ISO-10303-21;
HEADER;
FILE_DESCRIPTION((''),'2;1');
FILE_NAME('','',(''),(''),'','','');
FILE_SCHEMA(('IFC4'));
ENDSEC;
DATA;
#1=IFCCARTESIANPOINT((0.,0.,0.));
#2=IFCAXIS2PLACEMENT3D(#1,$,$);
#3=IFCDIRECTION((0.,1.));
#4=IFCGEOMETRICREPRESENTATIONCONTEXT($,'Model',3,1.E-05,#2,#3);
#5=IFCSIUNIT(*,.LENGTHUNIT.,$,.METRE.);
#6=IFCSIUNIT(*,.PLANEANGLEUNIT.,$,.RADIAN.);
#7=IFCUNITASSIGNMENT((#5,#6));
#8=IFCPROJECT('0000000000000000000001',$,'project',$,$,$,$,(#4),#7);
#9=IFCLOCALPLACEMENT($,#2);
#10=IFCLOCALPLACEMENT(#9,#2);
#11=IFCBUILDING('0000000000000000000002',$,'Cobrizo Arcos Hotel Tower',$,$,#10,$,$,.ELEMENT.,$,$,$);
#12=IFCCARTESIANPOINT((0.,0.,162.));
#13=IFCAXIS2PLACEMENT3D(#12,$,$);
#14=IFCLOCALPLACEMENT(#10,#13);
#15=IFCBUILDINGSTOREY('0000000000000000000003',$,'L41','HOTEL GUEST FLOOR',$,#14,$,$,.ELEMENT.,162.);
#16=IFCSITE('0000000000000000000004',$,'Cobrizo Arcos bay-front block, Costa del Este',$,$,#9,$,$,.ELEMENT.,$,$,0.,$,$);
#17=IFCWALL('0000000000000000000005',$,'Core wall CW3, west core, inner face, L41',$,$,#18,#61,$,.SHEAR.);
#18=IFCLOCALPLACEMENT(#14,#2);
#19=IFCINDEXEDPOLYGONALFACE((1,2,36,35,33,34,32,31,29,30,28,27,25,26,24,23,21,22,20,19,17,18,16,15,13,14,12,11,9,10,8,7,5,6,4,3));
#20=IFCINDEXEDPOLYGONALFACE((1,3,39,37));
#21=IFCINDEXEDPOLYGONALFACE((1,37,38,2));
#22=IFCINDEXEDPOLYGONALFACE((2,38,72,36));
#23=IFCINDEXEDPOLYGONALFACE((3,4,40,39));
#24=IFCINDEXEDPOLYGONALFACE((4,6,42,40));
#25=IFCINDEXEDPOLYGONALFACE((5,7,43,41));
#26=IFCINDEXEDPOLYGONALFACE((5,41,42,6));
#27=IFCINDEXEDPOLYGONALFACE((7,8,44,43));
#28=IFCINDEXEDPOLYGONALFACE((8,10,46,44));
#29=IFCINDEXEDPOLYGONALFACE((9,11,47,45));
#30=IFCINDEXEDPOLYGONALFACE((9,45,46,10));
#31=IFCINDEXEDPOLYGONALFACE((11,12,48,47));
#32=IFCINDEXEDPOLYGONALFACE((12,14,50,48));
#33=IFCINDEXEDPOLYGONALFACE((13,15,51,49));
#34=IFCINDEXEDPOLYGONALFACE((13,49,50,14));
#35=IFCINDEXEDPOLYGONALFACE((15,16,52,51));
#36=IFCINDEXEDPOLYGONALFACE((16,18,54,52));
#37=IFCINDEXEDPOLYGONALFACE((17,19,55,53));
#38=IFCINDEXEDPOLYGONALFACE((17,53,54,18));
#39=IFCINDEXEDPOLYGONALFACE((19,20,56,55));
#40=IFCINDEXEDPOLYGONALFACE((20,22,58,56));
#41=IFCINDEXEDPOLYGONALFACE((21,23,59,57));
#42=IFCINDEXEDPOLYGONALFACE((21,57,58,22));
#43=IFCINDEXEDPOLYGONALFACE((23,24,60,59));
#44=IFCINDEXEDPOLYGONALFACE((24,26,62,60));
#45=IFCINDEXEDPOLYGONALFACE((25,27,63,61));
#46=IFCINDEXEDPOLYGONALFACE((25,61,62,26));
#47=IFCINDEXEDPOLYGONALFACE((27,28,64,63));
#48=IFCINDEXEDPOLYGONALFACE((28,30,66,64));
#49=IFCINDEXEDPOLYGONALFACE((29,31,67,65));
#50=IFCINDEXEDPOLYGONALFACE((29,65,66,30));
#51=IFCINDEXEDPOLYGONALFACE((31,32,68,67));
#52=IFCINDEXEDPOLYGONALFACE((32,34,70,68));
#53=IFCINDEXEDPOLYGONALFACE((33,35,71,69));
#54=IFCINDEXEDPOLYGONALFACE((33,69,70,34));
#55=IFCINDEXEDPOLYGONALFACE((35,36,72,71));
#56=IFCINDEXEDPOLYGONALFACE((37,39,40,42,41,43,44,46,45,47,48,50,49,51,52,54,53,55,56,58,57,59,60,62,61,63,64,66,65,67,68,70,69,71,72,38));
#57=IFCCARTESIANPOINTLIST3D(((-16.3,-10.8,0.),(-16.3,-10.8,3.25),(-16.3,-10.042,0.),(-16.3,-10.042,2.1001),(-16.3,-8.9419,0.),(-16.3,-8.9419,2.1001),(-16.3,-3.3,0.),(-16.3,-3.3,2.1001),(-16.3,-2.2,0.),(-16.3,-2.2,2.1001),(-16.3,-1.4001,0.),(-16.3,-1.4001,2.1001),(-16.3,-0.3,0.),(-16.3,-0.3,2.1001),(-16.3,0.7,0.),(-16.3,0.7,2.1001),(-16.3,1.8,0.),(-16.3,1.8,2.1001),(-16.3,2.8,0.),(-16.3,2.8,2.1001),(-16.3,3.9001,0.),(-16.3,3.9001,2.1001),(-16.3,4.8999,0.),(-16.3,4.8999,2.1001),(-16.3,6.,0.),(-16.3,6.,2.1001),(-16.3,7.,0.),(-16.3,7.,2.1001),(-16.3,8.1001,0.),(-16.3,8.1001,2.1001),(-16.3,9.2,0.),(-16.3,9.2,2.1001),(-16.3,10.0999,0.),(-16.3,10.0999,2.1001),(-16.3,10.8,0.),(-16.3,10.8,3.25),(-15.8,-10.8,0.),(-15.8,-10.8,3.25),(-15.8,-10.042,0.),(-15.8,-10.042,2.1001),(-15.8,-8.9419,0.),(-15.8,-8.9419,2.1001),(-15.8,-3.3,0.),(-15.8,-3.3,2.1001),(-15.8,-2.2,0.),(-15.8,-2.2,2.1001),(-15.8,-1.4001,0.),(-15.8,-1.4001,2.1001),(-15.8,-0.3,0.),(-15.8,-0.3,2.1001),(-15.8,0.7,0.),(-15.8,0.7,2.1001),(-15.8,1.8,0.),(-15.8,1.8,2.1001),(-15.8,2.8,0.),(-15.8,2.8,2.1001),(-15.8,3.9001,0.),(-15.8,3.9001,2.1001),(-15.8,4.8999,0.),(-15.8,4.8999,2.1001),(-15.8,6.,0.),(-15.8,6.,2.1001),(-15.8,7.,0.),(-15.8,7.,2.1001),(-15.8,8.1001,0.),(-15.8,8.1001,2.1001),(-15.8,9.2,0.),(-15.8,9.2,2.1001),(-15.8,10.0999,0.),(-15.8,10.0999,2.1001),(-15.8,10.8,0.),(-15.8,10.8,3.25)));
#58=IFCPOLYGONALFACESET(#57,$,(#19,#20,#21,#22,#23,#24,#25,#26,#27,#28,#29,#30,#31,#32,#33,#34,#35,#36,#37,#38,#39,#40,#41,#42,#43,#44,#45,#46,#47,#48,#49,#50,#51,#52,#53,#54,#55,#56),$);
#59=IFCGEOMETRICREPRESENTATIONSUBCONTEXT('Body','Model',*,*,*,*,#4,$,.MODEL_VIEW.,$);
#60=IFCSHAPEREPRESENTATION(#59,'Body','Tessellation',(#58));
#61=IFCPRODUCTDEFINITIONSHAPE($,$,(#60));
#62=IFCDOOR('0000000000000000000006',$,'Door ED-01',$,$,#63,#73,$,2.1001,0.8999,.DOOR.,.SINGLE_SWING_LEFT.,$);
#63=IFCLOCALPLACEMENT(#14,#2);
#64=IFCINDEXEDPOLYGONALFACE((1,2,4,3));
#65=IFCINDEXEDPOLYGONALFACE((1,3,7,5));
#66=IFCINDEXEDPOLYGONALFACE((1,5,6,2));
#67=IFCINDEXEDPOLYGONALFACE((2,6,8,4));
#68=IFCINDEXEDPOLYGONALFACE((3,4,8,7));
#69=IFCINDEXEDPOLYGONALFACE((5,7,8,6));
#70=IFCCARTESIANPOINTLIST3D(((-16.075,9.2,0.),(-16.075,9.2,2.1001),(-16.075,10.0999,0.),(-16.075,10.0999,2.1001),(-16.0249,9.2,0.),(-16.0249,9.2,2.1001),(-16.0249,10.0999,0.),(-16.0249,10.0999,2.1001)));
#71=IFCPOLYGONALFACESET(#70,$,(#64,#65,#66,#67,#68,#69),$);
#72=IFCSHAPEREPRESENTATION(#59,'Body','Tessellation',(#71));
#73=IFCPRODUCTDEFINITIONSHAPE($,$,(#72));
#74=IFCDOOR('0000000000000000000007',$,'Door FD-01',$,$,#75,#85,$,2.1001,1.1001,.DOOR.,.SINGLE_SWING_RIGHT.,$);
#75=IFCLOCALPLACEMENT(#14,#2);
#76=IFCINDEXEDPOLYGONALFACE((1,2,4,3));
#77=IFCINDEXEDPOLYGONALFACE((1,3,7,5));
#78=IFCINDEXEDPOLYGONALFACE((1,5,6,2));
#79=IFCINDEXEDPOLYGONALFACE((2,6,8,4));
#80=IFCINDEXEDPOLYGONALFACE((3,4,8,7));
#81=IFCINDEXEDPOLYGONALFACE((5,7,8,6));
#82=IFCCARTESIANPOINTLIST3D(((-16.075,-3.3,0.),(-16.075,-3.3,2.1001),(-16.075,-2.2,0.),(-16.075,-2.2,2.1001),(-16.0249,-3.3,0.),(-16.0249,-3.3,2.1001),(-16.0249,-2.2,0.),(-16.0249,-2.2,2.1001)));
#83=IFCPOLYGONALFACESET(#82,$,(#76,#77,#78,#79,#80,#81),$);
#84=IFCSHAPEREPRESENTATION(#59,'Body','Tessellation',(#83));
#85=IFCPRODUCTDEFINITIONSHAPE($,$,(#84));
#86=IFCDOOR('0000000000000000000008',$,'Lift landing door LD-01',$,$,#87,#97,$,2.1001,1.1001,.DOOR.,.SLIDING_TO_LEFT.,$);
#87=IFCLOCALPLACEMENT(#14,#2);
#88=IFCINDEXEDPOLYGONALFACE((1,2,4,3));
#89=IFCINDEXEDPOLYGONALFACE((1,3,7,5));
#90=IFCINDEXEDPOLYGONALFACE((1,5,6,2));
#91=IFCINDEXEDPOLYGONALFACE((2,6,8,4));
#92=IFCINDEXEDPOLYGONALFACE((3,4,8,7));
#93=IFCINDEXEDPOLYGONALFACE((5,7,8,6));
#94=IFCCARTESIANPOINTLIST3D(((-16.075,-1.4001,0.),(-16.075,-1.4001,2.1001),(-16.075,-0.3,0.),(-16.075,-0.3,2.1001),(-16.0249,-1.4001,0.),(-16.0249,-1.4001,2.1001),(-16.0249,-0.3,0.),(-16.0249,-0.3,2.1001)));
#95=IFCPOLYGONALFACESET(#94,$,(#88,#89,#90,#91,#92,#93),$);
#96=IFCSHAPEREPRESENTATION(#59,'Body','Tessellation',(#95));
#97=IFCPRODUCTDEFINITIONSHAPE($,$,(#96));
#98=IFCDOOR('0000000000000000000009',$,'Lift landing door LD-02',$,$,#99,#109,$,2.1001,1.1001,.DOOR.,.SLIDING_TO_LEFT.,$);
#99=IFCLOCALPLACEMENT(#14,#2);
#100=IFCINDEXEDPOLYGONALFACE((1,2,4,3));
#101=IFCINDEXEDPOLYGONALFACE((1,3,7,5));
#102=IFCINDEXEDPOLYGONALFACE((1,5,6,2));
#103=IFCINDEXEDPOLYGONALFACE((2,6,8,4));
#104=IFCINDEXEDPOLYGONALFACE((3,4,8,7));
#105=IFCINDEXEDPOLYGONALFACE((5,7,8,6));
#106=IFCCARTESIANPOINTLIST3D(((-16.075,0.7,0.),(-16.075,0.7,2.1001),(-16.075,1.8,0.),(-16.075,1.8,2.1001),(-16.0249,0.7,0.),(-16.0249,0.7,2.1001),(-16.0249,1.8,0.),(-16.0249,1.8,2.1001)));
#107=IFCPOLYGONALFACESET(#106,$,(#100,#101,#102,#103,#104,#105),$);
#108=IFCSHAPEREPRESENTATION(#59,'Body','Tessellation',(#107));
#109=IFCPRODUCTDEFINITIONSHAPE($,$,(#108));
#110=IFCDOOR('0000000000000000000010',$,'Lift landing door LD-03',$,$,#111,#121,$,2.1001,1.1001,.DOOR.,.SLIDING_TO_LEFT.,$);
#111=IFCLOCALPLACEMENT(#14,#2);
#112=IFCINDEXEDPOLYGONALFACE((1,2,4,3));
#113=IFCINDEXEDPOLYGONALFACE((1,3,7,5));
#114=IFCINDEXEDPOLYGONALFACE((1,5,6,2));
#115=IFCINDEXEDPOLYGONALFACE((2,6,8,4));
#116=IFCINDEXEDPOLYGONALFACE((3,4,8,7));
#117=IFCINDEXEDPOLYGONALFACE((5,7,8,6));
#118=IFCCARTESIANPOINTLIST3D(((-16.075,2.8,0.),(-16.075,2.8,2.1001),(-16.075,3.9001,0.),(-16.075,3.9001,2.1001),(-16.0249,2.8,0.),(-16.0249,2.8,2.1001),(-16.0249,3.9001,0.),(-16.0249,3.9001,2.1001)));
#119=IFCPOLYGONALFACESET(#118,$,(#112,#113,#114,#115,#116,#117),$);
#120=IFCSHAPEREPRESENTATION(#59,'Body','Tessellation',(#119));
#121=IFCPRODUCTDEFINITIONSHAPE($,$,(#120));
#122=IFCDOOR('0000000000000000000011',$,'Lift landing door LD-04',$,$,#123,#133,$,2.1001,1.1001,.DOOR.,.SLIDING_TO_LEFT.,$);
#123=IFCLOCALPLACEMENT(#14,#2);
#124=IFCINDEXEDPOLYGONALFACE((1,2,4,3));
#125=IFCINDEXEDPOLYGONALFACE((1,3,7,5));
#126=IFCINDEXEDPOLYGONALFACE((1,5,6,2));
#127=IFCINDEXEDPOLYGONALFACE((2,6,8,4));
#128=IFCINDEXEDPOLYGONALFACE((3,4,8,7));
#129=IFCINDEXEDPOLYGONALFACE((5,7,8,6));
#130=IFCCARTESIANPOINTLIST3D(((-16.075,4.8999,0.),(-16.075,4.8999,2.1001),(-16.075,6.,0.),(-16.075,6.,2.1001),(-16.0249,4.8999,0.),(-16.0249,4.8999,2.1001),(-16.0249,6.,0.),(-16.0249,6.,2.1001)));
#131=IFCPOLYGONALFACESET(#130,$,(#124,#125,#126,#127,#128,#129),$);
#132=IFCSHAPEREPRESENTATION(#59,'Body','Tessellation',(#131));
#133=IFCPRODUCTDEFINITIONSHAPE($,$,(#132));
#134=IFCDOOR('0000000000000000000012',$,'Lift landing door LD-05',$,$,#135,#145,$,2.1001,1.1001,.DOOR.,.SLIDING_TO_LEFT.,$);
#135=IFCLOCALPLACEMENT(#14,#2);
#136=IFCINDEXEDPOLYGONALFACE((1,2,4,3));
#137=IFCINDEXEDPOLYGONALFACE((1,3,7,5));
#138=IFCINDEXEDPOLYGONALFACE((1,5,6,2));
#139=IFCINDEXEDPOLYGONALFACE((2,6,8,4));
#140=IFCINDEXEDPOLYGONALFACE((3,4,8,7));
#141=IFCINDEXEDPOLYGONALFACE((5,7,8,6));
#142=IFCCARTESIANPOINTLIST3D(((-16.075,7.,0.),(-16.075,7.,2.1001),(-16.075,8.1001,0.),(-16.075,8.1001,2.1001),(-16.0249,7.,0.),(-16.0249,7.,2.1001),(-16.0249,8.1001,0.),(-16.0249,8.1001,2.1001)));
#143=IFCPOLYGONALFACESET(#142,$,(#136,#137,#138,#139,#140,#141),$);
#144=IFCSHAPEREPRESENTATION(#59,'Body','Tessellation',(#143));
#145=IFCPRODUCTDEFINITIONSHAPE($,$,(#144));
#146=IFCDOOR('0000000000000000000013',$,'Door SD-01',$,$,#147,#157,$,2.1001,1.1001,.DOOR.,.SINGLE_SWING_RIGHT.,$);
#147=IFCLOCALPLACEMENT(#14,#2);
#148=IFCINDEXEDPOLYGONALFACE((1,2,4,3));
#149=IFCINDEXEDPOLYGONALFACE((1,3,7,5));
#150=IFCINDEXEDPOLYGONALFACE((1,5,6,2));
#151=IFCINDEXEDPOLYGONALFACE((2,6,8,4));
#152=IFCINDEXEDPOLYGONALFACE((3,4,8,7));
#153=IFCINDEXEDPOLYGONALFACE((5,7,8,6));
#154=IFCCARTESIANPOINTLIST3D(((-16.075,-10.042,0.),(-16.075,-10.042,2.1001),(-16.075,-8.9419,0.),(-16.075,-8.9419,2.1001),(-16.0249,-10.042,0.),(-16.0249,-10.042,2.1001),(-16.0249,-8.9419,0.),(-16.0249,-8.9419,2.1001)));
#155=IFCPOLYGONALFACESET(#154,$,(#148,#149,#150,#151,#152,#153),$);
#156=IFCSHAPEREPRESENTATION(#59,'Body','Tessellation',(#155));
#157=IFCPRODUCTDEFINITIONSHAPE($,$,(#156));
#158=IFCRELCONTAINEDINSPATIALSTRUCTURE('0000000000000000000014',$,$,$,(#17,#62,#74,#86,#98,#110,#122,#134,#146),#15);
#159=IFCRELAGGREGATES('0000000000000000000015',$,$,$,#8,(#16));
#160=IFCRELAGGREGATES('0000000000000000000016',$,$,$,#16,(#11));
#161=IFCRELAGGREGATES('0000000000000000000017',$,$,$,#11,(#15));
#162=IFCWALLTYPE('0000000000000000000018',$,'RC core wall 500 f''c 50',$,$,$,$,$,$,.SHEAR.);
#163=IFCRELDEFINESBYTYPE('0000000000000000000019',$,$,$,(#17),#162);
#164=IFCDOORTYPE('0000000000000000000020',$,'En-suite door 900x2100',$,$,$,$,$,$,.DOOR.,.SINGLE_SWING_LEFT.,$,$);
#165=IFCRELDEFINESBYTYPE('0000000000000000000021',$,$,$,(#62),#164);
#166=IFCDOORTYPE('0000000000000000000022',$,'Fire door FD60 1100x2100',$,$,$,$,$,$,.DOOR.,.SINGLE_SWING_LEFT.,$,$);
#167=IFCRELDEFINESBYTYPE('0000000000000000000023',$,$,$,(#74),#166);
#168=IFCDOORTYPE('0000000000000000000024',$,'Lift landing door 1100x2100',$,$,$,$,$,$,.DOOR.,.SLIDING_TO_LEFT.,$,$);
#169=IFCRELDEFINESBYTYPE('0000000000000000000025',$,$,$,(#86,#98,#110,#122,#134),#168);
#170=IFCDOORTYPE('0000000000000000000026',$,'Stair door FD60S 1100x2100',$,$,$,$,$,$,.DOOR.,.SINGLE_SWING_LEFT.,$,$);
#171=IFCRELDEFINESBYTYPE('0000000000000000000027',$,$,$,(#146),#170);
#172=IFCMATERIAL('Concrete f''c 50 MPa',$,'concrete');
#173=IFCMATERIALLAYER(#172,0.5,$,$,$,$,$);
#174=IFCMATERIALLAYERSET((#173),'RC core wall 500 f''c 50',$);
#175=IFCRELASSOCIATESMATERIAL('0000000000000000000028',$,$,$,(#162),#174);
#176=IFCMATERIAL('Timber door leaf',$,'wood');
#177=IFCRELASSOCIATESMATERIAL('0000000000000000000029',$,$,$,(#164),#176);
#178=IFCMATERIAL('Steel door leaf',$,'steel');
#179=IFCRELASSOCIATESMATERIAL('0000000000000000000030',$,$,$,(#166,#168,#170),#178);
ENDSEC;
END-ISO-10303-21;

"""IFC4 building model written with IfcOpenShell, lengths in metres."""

from ifc_helpers import new_model, si_unit, direction, frame, frame_2d, origin, place, context, subcontext, project, spatial, rectangle, extrude, material, layer, layer_set, type_object, element, fill, save


model = new_model("IFC4")

# Units and contexts
model_context = context("Model", 3, precision=1e-05, world=origin(), true_north=direction((0.0, 1.0)))
body_context = subcontext(model_context, "Body", "Model", "MODEL_VIEW")
ifc_project = project(units=[si_unit("LENGTHUNIT", "METRE"), si_unit("PLANEANGLEUNIT", "RADIAN")], contexts=[model_context])

# Site, building, storey
site_placement = place(None, origin())
site = spatial("IfcSite", under=ifc_project, at=site_placement, Name="Cobrizo Arcos bay-front block, Costa del Este", CompositionType="ELEMENT", RefElevation=0.0)
building_placement = place(site_placement, origin())
building = spatial("IfcBuilding", under=site, at=building_placement, Name="Cobrizo Arcos Hotel Tower", CompositionType="ELEMENT")
storey_placement = place(building_placement, frame((0.0, 0.0, 162.0)))
storey = spatial("IfcBuildingStorey", under=building, at=storey_placement, Name="L41", Description="HOTEL GUEST FLOOR", CompositionType="ELEMENT", Elevation=162.0)

# Shared definitions
ifc_material_1 = material(Name="Timber door leaf", Category="wood")

# Wall, openings, doors
ifc_material_2 = material(Name="Concrete f'c 50 MPa", Category="concrete")
ifc_layer_1 = layer(ifc_material_2, 0.5)
ifc_layer_set_1 = layer_set([ifc_layer_1], Name="RC core wall 500 f'c 50")
wall_type_1 = type_object("IfcWallType", Name="RC core wall 500 f'c 50", PredefinedType="SHEAR", material=ifc_layer_set_1)
wall_1_placement = place(storey_placement, frame((-16.05, -10.8, 0.0), z_axis=(0.0, 0.0, 1.0), x_axis=(0.0, 1.0, 0.0)))
wall_1 = element("IfcWall", 1, at=wall_1_placement, inside=storey, type_object=wall_type_1, Name="Core wall CW3, west core, inner face, L41", PredefinedType="SHEAR", context=body_context, shape_type="SweptSolid", body=[
    extrude(rectangle(XDim=21.6001, YDim=0.5, at=frame_2d((10.8, 0.0))), origin(), (0.0, 0.0, 1.0), 3.25),
])
opening_1_placement = place(wall_1_placement, frame((9.3999, 0.0, 0.0)))
opening_1 = element("IfcOpeningElement", 2, at=opening_1_placement, cuts=wall_1, PredefinedType="OPENING", context=body_context, shape_type="SweptSolid", body=[
    extrude(rectangle(XDim=1.1001, YDim=2.1001, at=frame_2d((0.55, 1.05))), frame((0.0, 0.262, 0.0), z_axis=(0.0, -1.0, 0.0), x_axis=(1.0, 0.0, 0.0)), (0.0, 0.0, 1.0), 0.5239),
])
opening_2_placement = place(wall_1_placement, frame((11.5, 0.0, 0.0)))
opening_2 = element("IfcOpeningElement", 3, at=opening_2_placement, cuts=wall_1, PredefinedType="OPENING", context=body_context, shape_type="SweptSolid", body=[
    extrude(rectangle(XDim=1.1001, YDim=2.1001, at=frame_2d((0.55, 1.05))), frame((0.0, 0.262, 0.0), z_axis=(0.0, -1.0, 0.0), x_axis=(1.0, 0.0, 0.0)), (0.0, 0.0, 1.0), 0.5239),
])
opening_3_placement = place(wall_1_placement, frame((13.6001, 0.0, 0.0)))
opening_3 = element("IfcOpeningElement", 4, at=opening_3_placement, cuts=wall_1, PredefinedType="OPENING", context=body_context, shape_type="SweptSolid", body=[
    extrude(rectangle(XDim=1.1001, YDim=2.1001, at=frame_2d((0.55, 1.05))), frame((0.0, 0.262, 0.0), z_axis=(0.0, -1.0, 0.0), x_axis=(1.0, 0.0, 0.0)), (0.0, 0.0, 1.0), 0.5239),
])
opening_4_placement = place(wall_1_placement, frame((15.7, 0.0, 0.0)))
opening_4 = element("IfcOpeningElement", 5, at=opening_4_placement, cuts=wall_1, PredefinedType="OPENING", context=body_context, shape_type="SweptSolid", body=[
    extrude(rectangle(XDim=1.1001, YDim=2.1001, at=frame_2d((0.55, 1.05))), frame((0.0, 0.262, 0.0), z_axis=(0.0, -1.0, 0.0), x_axis=(1.0, 0.0, 0.0)), (0.0, 0.0, 1.0), 0.5239),
])
opening_5_placement = place(wall_1_placement, frame((17.8, 0.0, 0.0)))
opening_5 = element("IfcOpeningElement", 6, at=opening_5_placement, cuts=wall_1, PredefinedType="OPENING", context=body_context, shape_type="SweptSolid", body=[
    extrude(rectangle(XDim=1.1001, YDim=2.1001, at=frame_2d((0.55, 1.05))), frame((0.0, 0.262, 0.0), z_axis=(0.0, -1.0, 0.0), x_axis=(1.0, 0.0, 0.0)), (0.0, 0.0, 1.0), 0.5239),
])
opening_6_placement = place(wall_1_placement, frame((0.7581, 0.0, 0.0)))
opening_6 = element("IfcOpeningElement", 7, at=opening_6_placement, cuts=wall_1, PredefinedType="OPENING", context=body_context, shape_type="SweptSolid", body=[
    extrude(rectangle(XDim=1.1001, YDim=2.1001, at=frame_2d((0.55, 1.05))), frame((0.0, 0.262, 0.0), z_axis=(0.0, -1.0, 0.0), x_axis=(1.0, 0.0, 0.0)), (0.0, 0.0, 1.0), 0.5239),
])
opening_7_placement = place(wall_1_placement, frame((7.5, 0.0, 0.0)))
opening_7 = element("IfcOpeningElement", 8, at=opening_7_placement, cuts=wall_1, PredefinedType="OPENING", context=body_context, shape_type="SweptSolid", body=[
    extrude(rectangle(XDim=1.1001, YDim=2.1001, at=frame_2d((0.55, 1.05))), frame((0.0, 0.262, 0.0), z_axis=(0.0, -1.0, 0.0), x_axis=(1.0, 0.0, 0.0)), (0.0, 0.0, 1.0), 0.5239),
])
opening_8_placement = place(wall_1_placement, frame((20.0, 0.0, 0.0)))
opening_8 = element("IfcOpeningElement", 9, at=opening_8_placement, cuts=wall_1, PredefinedType="OPENING", context=body_context, shape_type="SweptSolid", body=[
    extrude(rectangle(XDim=0.8999, YDim=2.1001, at=frame_2d((0.45, 1.05))), frame((0.0, 0.262, 0.0), z_axis=(0.0, -1.0, 0.0), x_axis=(1.0, 0.0, 0.0)), (0.0, 0.0, 1.0), 0.5239),
])
door_type_1 = type_object("IfcDoorType", Name="En-suite door 900x2100", OperationType="SINGLE_SWING_LEFT", PredefinedType="DOOR", material=ifc_material_1)
door_1_placement = place(opening_8_placement, origin())
door_1 = element("IfcDoor", 10, at=door_1_placement, inside=storey, type_object=door_type_1, Name="Door ED-01", OperationType="SINGLE_SWING_LEFT", OverallHeight=2.1001, OverallWidth=0.8999, PredefinedType="DOOR", context=body_context, shape_type="SweptSolid", body=[
    extrude(rectangle(XDim=0.8999, YDim=2.1001, at=frame_2d((0.45, 1.05))), frame((0.0, 0.0249, 0.0), z_axis=(0.0, -1.0, 0.0), x_axis=(1.0, 0.0, 0.0)), (0.0, 0.0, 1.0), 0.05),
])
fill(opening_8, door_1)
ifc_material_3 = material(Name="Steel door leaf", Category="steel")
door_type_2 = type_object("IfcDoorType", Name="Fire door FD60 1100x2100", OperationType="SINGLE_SWING_LEFT", PredefinedType="DOOR", material=ifc_material_3)
door_2_placement = place(opening_7_placement, origin())
door_2 = element("IfcDoor", 11, at=door_2_placement, inside=storey, type_object=door_type_2, Name="Door FD-01", OperationType="SINGLE_SWING_RIGHT", OverallHeight=2.1001, OverallWidth=1.1001, PredefinedType="DOOR", context=body_context, shape_type="SweptSolid", body=[
    extrude(rectangle(XDim=1.1001, YDim=2.1001, at=frame_2d((0.55, 1.05))), frame((0.0, 0.0249, 0.0), z_axis=(0.0, -1.0, 0.0), x_axis=(1.0, 0.0, 0.0)), (0.0, 0.0, 1.0), 0.05),
])
fill(opening_7, door_2)
door_type_3 = type_object("IfcDoorType", Name="Lift landing door 1100x2100", OperationType="SLIDING_TO_LEFT", PredefinedType="DOOR", material=ifc_material_3)
door_3_placement = place(opening_1_placement, origin())
door_3 = element("IfcDoor", 12, at=door_3_placement, inside=storey, type_object=door_type_3, Name="Lift landing door LD-01", OperationType="SLIDING_TO_LEFT", OverallHeight=2.1001, OverallWidth=1.1001, PredefinedType="DOOR", context=body_context, shape_type="SweptSolid", body=[
    extrude(rectangle(XDim=1.1001, YDim=2.1001, at=frame_2d((0.55, 1.05))), frame((0.0, 0.0249, 0.0), z_axis=(0.0, -1.0, 0.0), x_axis=(1.0, 0.0, 0.0)), (0.0, 0.0, 1.0), 0.05),
])
fill(opening_1, door_3)
door_4_placement = place(opening_2_placement, origin())
door_4 = element("IfcDoor", 13, at=door_4_placement, inside=storey, type_object=door_type_3, Name="Lift landing door LD-02", OperationType="SLIDING_TO_LEFT", OverallHeight=2.1001, OverallWidth=1.1001, PredefinedType="DOOR", context=body_context, shape_type="SweptSolid", body=[
    extrude(rectangle(XDim=1.1001, YDim=2.1001, at=frame_2d((0.55, 1.05))), frame((0.0, 0.0249, 0.0), z_axis=(0.0, -1.0, 0.0), x_axis=(1.0, 0.0, 0.0)), (0.0, 0.0, 1.0), 0.05),
])
fill(opening_2, door_4)
door_5_placement = place(opening_3_placement, origin())
door_5 = element("IfcDoor", 14, at=door_5_placement, inside=storey, type_object=door_type_3, Name="Lift landing door LD-03", OperationType="SLIDING_TO_LEFT", OverallHeight=2.1001, OverallWidth=1.1001, PredefinedType="DOOR", context=body_context, shape_type="SweptSolid", body=[
    extrude(rectangle(XDim=1.1001, YDim=2.1001, at=frame_2d((0.55, 1.05))), frame((0.0, 0.0249, 0.0), z_axis=(0.0, -1.0, 0.0), x_axis=(1.0, 0.0, 0.0)), (0.0, 0.0, 1.0), 0.05),
])
fill(opening_3, door_5)
door_6_placement = place(opening_4_placement, origin())
door_6 = element("IfcDoor", 15, at=door_6_placement, inside=storey, type_object=door_type_3, Name="Lift landing door LD-04", OperationType="SLIDING_TO_LEFT", OverallHeight=2.1001, OverallWidth=1.1001, PredefinedType="DOOR", context=body_context, shape_type="SweptSolid", body=[
    extrude(rectangle(XDim=1.1001, YDim=2.1001, at=frame_2d((0.55, 1.05))), frame((0.0, 0.0249, 0.0), z_axis=(0.0, -1.0, 0.0), x_axis=(1.0, 0.0, 0.0)), (0.0, 0.0, 1.0), 0.05),
])
fill(opening_4, door_6)
door_7_placement = place(opening_5_placement, origin())
door_7 = element("IfcDoor", 16, at=door_7_placement, inside=storey, type_object=door_type_3, Name="Lift landing door LD-05", OperationType="SLIDING_TO_LEFT", OverallHeight=2.1001, OverallWidth=1.1001, PredefinedType="DOOR", context=body_context, shape_type="SweptSolid", body=[
    extrude(rectangle(XDim=1.1001, YDim=2.1001, at=frame_2d((0.55, 1.05))), frame((0.0, 0.0249, 0.0), z_axis=(0.0, -1.0, 0.0), x_axis=(1.0, 0.0, 0.0)), (0.0, 0.0, 1.0), 0.05),
])
fill(opening_5, door_7)
door_type_4 = type_object("IfcDoorType", Name="Stair door FD60S 1100x2100", OperationType="SINGLE_SWING_LEFT", PredefinedType="DOOR", material=ifc_material_3)
door_8_placement = place(opening_6_placement, origin())
door_8 = element("IfcDoor", 17, at=door_8_placement, inside=storey, type_object=door_type_4, Name="Door SD-01", OperationType="SINGLE_SWING_RIGHT", OverallHeight=2.1001, OverallWidth=1.1001, PredefinedType="DOOR", context=body_context, shape_type="SweptSolid", body=[
    extrude(rectangle(XDim=1.1001, YDim=2.1001, at=frame_2d((0.55, 1.05))), frame((0.0, 0.0249, 0.0), z_axis=(0.0, -1.0, 0.0), x_axis=(1.0, 0.0, 0.0)), (0.0, 0.0, 1.0), 0.05),
])
fill(opening_6, door_8)

save(model, "model.ifc")
